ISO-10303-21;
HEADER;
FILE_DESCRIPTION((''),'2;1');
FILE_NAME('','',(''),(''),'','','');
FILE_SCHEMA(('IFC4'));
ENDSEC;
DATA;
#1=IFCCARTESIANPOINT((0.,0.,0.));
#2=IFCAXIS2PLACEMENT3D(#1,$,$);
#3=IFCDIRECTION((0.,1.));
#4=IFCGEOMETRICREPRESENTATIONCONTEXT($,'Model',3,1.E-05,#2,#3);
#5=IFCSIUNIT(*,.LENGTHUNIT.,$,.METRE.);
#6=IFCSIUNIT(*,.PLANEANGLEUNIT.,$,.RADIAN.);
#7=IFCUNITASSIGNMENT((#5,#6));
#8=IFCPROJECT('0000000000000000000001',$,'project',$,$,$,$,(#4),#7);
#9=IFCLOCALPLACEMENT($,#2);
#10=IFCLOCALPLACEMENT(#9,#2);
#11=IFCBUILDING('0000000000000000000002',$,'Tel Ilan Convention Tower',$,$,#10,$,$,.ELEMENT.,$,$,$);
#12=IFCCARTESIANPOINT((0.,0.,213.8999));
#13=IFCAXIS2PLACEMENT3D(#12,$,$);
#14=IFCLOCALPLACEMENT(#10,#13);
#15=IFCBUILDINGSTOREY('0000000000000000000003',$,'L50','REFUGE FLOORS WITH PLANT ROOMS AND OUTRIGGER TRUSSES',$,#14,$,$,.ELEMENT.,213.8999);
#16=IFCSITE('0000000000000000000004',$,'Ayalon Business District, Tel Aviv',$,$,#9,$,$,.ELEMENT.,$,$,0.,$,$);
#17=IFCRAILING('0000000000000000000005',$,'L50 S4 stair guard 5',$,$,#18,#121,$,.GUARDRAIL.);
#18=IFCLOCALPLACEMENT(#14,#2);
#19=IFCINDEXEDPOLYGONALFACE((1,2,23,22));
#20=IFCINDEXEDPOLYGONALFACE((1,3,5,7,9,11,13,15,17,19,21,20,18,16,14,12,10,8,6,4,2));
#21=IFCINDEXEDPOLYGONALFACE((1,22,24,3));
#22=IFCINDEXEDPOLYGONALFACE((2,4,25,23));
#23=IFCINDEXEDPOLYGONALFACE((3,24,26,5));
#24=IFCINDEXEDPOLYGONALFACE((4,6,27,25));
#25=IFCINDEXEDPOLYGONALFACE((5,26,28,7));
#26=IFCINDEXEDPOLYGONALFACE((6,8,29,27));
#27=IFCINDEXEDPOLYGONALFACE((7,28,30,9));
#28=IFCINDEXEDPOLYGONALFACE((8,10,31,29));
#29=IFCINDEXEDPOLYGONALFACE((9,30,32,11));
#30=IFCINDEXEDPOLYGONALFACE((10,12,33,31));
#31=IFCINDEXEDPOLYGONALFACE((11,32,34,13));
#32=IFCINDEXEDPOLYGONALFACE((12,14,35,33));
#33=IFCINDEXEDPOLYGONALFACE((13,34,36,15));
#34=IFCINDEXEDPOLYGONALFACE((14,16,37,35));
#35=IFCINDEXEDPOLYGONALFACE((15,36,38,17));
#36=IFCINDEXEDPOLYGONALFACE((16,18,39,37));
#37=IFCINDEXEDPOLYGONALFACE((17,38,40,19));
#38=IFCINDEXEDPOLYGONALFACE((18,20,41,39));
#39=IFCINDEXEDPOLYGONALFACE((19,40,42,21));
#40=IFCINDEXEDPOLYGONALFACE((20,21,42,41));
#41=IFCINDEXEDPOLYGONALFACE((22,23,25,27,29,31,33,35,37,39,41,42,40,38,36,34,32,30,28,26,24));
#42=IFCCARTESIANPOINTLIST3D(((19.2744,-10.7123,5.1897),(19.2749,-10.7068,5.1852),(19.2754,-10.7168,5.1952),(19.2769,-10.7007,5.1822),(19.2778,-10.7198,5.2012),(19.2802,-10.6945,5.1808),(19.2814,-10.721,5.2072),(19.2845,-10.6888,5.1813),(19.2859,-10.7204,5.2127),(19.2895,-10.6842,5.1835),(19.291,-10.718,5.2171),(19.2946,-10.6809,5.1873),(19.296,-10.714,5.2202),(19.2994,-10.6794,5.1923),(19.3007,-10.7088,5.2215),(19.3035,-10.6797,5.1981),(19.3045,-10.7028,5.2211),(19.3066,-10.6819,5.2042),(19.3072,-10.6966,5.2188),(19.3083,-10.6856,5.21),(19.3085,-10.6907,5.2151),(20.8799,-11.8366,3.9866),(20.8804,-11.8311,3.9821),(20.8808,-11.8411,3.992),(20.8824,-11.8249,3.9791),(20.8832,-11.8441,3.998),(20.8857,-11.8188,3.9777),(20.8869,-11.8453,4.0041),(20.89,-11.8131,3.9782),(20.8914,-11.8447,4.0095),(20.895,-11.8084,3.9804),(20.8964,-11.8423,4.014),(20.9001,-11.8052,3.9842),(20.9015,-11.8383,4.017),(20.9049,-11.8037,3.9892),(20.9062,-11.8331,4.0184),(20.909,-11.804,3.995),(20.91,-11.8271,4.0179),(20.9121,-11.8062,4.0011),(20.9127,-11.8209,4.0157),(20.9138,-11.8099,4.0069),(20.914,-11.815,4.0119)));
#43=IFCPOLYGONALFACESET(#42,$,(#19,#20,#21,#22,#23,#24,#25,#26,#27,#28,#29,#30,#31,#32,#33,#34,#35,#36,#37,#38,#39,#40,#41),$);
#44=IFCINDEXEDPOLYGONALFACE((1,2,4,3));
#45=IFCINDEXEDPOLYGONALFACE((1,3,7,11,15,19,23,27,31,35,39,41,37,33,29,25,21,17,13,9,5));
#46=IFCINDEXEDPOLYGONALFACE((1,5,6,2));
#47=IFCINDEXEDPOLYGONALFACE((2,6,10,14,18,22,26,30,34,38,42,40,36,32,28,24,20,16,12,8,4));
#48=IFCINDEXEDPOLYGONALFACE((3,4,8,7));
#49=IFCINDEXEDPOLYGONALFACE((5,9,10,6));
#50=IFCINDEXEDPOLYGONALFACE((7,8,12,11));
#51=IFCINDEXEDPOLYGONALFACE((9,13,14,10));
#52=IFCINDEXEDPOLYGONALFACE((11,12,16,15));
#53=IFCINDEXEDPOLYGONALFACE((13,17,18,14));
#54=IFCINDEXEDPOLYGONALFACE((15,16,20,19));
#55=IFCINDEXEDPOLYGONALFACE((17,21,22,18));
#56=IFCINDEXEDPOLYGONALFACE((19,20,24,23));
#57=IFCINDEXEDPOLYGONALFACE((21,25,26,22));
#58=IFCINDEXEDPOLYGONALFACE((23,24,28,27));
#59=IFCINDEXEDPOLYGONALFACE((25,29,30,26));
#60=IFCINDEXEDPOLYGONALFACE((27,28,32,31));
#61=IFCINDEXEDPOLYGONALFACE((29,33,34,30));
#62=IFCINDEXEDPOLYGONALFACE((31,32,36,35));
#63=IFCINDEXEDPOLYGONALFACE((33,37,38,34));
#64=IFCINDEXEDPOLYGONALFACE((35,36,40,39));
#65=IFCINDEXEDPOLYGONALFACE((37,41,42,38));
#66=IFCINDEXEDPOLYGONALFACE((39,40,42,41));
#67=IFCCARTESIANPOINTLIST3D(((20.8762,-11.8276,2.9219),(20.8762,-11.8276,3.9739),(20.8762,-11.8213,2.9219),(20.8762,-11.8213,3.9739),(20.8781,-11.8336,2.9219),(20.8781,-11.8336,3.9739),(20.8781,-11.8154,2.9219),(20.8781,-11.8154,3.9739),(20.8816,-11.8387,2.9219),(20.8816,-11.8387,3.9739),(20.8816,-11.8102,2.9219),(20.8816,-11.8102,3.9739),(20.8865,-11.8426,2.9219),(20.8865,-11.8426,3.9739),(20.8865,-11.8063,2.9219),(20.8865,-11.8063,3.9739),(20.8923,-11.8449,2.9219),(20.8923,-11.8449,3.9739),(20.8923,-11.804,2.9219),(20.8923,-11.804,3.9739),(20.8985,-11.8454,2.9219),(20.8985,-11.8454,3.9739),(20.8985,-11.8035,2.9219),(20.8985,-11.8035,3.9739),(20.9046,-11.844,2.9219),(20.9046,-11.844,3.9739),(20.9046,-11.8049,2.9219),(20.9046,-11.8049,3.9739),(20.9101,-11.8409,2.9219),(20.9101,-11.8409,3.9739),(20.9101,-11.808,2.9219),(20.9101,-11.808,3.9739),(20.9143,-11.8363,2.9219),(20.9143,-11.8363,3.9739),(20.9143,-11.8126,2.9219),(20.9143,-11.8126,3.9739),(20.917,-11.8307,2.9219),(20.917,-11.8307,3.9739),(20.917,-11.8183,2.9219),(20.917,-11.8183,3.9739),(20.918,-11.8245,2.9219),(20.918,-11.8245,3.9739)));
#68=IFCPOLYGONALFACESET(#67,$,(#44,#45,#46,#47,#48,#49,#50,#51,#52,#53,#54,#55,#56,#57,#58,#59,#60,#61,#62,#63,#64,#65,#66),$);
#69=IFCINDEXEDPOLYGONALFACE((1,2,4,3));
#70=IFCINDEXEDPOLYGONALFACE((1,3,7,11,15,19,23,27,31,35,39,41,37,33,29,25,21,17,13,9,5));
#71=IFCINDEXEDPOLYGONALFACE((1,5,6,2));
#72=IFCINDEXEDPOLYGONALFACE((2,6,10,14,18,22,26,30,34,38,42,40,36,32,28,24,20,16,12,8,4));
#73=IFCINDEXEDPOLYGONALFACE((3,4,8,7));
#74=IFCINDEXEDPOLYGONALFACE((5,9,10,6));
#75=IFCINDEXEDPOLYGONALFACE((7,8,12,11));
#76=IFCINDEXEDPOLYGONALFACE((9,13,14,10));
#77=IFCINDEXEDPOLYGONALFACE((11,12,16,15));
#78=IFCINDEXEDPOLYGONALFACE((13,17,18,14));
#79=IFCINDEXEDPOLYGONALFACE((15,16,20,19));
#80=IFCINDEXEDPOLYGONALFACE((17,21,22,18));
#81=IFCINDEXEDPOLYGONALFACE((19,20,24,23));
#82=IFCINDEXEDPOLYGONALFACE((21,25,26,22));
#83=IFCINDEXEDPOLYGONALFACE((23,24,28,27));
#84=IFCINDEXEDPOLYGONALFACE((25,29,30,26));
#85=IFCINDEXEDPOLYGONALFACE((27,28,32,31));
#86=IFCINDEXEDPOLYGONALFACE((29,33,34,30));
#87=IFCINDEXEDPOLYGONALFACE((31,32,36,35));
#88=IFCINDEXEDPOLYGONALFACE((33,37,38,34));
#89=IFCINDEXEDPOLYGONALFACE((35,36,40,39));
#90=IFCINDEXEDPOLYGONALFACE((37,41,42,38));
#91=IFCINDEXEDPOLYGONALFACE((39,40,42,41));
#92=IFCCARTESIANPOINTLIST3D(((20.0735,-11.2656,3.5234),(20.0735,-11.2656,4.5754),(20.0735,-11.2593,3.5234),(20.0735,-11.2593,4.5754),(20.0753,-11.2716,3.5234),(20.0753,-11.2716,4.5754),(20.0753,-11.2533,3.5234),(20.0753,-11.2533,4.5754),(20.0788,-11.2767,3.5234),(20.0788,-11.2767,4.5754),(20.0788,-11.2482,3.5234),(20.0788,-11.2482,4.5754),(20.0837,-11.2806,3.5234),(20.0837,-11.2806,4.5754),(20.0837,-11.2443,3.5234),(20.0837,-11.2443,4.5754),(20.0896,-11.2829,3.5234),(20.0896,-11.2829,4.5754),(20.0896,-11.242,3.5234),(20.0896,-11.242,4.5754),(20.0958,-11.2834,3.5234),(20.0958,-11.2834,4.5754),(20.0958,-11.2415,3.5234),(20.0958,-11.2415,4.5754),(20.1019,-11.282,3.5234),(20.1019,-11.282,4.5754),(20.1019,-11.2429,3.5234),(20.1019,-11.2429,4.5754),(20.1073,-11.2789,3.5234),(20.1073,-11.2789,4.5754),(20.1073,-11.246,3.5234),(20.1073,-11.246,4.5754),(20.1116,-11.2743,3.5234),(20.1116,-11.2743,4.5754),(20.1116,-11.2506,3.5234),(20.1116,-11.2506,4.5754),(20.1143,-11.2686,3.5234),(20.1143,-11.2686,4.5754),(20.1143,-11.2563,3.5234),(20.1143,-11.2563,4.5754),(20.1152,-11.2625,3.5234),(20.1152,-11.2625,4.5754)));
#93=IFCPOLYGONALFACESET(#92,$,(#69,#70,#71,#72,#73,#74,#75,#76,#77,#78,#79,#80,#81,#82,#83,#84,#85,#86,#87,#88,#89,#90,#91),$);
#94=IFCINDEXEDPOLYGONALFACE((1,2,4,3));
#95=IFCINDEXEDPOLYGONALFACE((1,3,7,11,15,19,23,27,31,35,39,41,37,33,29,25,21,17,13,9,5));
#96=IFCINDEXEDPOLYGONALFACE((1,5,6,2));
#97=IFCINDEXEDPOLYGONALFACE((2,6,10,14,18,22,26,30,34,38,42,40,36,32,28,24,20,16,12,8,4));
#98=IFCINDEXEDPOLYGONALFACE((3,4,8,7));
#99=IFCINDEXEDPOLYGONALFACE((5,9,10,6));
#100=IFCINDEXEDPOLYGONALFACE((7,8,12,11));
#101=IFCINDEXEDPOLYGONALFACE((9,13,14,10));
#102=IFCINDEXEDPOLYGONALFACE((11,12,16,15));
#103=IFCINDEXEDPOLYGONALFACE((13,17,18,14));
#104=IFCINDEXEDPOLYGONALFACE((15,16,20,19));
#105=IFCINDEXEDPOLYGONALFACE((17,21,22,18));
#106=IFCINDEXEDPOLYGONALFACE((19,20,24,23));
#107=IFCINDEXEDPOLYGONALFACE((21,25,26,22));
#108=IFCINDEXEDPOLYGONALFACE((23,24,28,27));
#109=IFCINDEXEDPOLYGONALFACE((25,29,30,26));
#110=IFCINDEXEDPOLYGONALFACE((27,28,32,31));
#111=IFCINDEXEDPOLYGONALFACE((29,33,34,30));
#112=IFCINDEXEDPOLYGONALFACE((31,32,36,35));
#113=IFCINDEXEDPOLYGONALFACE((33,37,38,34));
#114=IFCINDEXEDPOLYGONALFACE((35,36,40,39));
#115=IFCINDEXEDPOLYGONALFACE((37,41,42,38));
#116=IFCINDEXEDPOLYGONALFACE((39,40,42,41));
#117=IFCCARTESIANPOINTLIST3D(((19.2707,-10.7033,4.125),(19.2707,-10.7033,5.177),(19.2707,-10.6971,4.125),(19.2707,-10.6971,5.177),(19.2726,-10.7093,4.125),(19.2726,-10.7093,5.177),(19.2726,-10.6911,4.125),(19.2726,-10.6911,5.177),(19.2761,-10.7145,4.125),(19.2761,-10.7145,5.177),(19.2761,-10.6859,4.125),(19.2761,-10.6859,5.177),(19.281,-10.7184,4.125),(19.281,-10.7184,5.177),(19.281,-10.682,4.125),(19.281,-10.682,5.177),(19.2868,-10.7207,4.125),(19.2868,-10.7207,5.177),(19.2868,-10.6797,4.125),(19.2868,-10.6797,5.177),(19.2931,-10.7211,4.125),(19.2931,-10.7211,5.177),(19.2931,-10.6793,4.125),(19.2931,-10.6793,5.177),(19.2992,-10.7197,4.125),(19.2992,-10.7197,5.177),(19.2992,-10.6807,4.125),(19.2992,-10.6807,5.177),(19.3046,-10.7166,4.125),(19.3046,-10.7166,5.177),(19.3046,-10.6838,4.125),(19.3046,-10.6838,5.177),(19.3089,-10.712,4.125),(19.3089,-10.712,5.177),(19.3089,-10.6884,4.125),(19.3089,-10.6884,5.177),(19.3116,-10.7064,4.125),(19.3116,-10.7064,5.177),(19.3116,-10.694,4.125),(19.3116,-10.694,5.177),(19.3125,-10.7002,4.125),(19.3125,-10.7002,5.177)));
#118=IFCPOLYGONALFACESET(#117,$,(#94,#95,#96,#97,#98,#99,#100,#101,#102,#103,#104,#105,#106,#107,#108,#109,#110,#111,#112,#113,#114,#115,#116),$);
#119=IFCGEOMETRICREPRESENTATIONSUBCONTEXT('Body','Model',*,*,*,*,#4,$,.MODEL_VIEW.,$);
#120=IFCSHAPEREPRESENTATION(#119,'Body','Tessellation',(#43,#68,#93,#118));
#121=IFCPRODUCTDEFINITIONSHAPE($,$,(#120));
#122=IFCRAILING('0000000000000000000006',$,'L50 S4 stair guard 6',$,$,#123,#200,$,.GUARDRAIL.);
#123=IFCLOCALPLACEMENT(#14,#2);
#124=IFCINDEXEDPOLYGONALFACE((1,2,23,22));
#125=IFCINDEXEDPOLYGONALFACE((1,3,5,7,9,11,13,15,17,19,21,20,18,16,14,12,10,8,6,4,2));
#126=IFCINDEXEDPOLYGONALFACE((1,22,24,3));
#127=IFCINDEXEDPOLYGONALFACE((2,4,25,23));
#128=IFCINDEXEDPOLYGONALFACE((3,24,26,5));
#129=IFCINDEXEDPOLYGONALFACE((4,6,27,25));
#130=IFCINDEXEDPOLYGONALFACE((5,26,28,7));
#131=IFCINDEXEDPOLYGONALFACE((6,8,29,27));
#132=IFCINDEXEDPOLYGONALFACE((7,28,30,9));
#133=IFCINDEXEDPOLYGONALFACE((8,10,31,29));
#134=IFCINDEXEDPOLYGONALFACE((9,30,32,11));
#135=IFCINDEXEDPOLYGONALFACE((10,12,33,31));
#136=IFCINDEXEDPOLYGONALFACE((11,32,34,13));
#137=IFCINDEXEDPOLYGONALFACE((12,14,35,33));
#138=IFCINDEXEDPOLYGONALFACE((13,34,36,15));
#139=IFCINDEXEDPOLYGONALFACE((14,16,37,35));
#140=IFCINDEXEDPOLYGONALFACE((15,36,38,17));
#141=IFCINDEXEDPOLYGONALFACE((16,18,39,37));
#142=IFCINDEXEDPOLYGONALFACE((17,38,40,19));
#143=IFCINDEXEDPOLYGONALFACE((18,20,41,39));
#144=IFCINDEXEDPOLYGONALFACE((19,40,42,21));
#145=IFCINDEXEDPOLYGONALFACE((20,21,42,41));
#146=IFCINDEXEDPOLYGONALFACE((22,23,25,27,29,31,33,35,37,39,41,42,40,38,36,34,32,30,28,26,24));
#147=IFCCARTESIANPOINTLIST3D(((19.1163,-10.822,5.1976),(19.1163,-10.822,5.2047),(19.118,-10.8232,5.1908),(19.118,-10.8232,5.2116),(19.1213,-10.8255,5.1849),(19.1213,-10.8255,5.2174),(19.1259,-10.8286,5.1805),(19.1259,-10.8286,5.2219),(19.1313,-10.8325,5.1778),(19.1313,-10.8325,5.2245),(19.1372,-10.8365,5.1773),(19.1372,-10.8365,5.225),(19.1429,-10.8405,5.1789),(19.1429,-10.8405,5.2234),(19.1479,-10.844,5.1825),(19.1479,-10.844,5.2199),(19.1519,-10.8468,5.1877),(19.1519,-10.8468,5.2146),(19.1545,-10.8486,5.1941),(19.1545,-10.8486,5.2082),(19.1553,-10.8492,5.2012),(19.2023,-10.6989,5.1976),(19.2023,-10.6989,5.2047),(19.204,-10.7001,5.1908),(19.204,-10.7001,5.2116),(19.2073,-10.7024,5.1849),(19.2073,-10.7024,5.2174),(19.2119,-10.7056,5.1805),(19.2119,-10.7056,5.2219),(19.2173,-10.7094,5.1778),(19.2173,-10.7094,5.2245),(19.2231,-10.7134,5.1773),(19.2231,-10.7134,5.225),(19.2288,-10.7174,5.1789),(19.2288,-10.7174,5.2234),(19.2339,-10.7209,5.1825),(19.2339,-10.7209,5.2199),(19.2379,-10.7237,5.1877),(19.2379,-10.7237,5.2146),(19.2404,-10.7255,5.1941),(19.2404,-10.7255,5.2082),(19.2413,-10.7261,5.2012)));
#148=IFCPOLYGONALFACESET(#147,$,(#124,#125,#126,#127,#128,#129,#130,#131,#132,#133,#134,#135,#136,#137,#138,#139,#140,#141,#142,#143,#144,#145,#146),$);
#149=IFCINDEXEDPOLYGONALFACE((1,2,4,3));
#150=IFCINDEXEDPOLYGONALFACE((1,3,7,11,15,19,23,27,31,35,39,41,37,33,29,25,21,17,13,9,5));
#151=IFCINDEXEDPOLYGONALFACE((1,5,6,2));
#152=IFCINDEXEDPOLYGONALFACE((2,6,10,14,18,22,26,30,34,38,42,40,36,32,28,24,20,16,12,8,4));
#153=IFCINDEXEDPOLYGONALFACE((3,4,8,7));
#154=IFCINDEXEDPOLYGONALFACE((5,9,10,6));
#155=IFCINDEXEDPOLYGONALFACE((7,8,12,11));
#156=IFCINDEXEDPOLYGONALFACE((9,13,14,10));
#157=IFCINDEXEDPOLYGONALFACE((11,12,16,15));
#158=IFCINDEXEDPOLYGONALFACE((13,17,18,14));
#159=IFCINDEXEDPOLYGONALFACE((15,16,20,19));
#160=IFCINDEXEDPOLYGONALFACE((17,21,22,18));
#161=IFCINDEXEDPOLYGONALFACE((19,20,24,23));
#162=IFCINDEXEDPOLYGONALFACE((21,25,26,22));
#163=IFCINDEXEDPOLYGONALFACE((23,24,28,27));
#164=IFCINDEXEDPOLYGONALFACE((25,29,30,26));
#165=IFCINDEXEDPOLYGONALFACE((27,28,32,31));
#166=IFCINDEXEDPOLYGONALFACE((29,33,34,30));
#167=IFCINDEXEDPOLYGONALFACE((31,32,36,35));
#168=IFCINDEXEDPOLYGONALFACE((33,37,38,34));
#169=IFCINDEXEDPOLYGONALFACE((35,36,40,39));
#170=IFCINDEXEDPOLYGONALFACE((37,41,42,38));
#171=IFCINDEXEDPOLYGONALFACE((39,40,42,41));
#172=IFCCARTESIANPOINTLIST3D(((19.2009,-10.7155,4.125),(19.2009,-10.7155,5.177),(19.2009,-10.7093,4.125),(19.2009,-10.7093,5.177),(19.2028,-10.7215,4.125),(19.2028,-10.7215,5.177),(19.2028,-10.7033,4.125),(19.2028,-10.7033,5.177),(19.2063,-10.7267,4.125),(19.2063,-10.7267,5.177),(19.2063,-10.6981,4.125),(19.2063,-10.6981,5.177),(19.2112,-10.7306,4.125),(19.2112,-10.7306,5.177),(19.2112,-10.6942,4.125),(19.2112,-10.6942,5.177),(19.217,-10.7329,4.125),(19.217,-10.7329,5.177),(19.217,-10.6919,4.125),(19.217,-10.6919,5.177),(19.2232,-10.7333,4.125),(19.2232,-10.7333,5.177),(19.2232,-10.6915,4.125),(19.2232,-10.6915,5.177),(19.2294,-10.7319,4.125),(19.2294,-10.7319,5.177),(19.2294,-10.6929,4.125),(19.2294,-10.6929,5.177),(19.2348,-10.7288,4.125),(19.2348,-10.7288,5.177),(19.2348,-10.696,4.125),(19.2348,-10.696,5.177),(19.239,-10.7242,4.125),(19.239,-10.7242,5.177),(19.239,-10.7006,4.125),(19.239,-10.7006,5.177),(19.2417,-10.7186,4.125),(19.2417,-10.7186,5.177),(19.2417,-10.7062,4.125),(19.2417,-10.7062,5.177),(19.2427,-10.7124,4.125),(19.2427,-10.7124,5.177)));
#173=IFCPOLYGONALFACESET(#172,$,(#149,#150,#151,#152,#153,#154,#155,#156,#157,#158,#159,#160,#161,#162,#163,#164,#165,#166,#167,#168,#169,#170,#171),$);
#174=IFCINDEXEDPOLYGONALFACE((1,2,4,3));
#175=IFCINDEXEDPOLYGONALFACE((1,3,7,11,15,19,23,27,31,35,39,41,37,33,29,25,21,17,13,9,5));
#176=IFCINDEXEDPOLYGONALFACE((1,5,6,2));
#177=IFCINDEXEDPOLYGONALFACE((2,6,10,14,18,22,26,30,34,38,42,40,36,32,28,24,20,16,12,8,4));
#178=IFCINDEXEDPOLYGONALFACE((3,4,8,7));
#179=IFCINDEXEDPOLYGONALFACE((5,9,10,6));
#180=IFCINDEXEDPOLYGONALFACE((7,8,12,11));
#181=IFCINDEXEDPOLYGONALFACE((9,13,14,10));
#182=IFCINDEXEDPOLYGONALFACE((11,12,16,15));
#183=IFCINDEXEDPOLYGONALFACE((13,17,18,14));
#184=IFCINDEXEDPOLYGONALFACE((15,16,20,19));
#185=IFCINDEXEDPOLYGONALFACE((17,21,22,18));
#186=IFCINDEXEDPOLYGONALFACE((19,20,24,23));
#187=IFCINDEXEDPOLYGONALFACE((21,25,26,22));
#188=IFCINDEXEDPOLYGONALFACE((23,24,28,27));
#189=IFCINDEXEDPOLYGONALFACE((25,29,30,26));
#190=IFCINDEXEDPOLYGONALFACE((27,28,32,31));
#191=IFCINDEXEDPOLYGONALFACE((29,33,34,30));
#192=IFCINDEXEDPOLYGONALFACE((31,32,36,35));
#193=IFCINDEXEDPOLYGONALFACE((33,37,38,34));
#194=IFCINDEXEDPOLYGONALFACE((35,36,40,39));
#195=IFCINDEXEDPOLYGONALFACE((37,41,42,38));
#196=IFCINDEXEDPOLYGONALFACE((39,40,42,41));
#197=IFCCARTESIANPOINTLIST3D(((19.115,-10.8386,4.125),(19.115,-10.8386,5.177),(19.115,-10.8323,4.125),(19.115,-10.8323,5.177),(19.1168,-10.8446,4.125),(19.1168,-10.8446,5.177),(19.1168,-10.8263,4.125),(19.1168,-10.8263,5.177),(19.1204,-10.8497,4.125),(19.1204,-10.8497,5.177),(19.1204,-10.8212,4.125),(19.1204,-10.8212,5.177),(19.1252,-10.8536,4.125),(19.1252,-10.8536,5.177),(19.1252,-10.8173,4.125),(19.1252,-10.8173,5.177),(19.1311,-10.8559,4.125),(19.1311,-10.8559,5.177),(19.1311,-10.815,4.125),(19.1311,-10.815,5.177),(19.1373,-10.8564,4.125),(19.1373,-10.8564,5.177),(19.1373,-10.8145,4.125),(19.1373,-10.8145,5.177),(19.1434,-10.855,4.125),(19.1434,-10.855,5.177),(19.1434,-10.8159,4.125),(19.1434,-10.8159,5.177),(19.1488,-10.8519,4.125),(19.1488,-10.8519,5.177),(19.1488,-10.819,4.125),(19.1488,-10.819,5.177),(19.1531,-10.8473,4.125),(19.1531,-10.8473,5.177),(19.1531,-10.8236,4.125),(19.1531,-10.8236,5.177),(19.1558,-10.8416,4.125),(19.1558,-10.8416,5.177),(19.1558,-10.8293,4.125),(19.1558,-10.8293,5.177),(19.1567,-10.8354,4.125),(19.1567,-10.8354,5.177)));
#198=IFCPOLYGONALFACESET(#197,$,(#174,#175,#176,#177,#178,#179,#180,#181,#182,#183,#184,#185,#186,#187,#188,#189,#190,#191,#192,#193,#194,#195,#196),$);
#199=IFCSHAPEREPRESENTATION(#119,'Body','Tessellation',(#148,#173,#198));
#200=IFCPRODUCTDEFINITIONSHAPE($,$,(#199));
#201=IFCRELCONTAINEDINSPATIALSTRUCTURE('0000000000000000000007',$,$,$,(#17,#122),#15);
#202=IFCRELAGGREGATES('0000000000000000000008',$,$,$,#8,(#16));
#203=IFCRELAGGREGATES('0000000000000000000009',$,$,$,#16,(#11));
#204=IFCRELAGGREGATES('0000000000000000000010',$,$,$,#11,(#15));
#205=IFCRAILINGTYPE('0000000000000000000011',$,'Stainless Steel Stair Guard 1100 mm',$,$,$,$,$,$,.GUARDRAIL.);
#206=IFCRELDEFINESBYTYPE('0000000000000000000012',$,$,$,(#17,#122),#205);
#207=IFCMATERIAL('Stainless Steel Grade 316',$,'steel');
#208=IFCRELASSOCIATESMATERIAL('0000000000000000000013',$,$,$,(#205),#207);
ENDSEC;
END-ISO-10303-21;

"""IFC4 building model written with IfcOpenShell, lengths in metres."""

from ifc_helpers import new_model, si_unit, direction, frame, origin, origin_2d, place, context, subcontext, project, spatial, circle, extrude, material, type_object, element, save


model = new_model("IFC4")

# Units and contexts
model_context = context("Model", 3, precision=1e-05, world=origin(), true_north=direction((0.0, 1.0)))
body_context = subcontext(model_context, "Body", "Model", "MODEL_VIEW")
ifc_project = project(units=[si_unit("LENGTHUNIT", "METRE"), si_unit("PLANEANGLEUNIT", "RADIAN")], contexts=[model_context])

# Site, building, storey
site_placement = place(None, origin())
site = spatial("IfcSite", under=ifc_project, at=site_placement, Name="Ayalon Business District, Tel Aviv", CompositionType="ELEMENT", RefElevation=0.0)
building_placement = place(site_placement, origin())
building = spatial("IfcBuilding", under=site, at=building_placement, Name="Tel Ilan Convention Tower", CompositionType="ELEMENT")
storey_placement = place(building_placement, frame((0.0, 0.0, 213.8999)))
storey = spatial("IfcBuildingStorey", under=building, at=storey_placement, Name="L50", Description="REFUGE FLOORS WITH PLANT ROOMS AND OUTRIGGER TRUSSES", CompositionType="ELEMENT", Elevation=213.8999)

# Railings
ifc_material_1 = material(Name="Stainless Steel Grade 316", Category="steel")
railing_type_1 = type_object("IfcRailingType", Name="Stainless Steel Stair Guard 1100 mm", PredefinedType="GUARDRAIL", material=ifc_material_1)
railing_1_placement = place(storey_placement, frame((20.897, -11.8245, 2.9219)))
element("IfcRailing", 1, at=railing_1_placement, inside=storey, type_object=railing_type_1, Name="L50 S4 stair guard 5", PredefinedType="GUARDRAIL", context=body_context, shape_type="SweptSolid", body=[
    extrude(circle(Radius=0.0239, at=origin_2d()), frame((0.0, 0.0, 1.0762), z_axis=(-0.698095, 0.488857, 0.523146), x_axis=(-0.573613, -0.819127, 0.0)), (0.0, 0.0, 1.0), 2.2998),
    extrude(circle(Radius=0.021, at=origin_2d()), origin(), (0.0, 0.0, 1.0), 1.052),
    extrude(circle(Radius=0.021, at=origin_2d()), frame((-0.8027, 0.562, 0.6016)), (0.0, 0.0, 1.0), 1.052),
    extrude(circle(Radius=0.021, at=origin_2d()), frame((-1.6055, 1.1243, 1.2031)), (0.0, 0.0, 1.0), 1.052),
])
railing_2_placement = place(storey_placement, frame((19.2217, -10.7124, 4.125)))
element("IfcRailing", 2, at=railing_2_placement, inside=storey, type_object=railing_type_1, Name="L50 S4 stair guard 6", PredefinedType="GUARDRAIL", context=body_context, shape_type="SweptSolid", body=[
    extrude(circle(Radius=0.0239, at=origin_2d()), frame((0.0, 0.0, 1.0762), z_axis=(-0.572589, -0.819843, 0.0), x_axis=(0.819843, -0.572589, 0.0)), (0.0, 0.0, 1.0), 0.1501),
    extrude(circle(Radius=0.021, at=origin_2d()), origin(), (0.0, 0.0, 1.0), 1.052),
    extrude(circle(Radius=0.021, at=origin_2d()), frame((-0.0859, -0.123, 0.0)), (0.0, 0.0, 1.0), 1.052),
])

save(model, "model.ifc")
